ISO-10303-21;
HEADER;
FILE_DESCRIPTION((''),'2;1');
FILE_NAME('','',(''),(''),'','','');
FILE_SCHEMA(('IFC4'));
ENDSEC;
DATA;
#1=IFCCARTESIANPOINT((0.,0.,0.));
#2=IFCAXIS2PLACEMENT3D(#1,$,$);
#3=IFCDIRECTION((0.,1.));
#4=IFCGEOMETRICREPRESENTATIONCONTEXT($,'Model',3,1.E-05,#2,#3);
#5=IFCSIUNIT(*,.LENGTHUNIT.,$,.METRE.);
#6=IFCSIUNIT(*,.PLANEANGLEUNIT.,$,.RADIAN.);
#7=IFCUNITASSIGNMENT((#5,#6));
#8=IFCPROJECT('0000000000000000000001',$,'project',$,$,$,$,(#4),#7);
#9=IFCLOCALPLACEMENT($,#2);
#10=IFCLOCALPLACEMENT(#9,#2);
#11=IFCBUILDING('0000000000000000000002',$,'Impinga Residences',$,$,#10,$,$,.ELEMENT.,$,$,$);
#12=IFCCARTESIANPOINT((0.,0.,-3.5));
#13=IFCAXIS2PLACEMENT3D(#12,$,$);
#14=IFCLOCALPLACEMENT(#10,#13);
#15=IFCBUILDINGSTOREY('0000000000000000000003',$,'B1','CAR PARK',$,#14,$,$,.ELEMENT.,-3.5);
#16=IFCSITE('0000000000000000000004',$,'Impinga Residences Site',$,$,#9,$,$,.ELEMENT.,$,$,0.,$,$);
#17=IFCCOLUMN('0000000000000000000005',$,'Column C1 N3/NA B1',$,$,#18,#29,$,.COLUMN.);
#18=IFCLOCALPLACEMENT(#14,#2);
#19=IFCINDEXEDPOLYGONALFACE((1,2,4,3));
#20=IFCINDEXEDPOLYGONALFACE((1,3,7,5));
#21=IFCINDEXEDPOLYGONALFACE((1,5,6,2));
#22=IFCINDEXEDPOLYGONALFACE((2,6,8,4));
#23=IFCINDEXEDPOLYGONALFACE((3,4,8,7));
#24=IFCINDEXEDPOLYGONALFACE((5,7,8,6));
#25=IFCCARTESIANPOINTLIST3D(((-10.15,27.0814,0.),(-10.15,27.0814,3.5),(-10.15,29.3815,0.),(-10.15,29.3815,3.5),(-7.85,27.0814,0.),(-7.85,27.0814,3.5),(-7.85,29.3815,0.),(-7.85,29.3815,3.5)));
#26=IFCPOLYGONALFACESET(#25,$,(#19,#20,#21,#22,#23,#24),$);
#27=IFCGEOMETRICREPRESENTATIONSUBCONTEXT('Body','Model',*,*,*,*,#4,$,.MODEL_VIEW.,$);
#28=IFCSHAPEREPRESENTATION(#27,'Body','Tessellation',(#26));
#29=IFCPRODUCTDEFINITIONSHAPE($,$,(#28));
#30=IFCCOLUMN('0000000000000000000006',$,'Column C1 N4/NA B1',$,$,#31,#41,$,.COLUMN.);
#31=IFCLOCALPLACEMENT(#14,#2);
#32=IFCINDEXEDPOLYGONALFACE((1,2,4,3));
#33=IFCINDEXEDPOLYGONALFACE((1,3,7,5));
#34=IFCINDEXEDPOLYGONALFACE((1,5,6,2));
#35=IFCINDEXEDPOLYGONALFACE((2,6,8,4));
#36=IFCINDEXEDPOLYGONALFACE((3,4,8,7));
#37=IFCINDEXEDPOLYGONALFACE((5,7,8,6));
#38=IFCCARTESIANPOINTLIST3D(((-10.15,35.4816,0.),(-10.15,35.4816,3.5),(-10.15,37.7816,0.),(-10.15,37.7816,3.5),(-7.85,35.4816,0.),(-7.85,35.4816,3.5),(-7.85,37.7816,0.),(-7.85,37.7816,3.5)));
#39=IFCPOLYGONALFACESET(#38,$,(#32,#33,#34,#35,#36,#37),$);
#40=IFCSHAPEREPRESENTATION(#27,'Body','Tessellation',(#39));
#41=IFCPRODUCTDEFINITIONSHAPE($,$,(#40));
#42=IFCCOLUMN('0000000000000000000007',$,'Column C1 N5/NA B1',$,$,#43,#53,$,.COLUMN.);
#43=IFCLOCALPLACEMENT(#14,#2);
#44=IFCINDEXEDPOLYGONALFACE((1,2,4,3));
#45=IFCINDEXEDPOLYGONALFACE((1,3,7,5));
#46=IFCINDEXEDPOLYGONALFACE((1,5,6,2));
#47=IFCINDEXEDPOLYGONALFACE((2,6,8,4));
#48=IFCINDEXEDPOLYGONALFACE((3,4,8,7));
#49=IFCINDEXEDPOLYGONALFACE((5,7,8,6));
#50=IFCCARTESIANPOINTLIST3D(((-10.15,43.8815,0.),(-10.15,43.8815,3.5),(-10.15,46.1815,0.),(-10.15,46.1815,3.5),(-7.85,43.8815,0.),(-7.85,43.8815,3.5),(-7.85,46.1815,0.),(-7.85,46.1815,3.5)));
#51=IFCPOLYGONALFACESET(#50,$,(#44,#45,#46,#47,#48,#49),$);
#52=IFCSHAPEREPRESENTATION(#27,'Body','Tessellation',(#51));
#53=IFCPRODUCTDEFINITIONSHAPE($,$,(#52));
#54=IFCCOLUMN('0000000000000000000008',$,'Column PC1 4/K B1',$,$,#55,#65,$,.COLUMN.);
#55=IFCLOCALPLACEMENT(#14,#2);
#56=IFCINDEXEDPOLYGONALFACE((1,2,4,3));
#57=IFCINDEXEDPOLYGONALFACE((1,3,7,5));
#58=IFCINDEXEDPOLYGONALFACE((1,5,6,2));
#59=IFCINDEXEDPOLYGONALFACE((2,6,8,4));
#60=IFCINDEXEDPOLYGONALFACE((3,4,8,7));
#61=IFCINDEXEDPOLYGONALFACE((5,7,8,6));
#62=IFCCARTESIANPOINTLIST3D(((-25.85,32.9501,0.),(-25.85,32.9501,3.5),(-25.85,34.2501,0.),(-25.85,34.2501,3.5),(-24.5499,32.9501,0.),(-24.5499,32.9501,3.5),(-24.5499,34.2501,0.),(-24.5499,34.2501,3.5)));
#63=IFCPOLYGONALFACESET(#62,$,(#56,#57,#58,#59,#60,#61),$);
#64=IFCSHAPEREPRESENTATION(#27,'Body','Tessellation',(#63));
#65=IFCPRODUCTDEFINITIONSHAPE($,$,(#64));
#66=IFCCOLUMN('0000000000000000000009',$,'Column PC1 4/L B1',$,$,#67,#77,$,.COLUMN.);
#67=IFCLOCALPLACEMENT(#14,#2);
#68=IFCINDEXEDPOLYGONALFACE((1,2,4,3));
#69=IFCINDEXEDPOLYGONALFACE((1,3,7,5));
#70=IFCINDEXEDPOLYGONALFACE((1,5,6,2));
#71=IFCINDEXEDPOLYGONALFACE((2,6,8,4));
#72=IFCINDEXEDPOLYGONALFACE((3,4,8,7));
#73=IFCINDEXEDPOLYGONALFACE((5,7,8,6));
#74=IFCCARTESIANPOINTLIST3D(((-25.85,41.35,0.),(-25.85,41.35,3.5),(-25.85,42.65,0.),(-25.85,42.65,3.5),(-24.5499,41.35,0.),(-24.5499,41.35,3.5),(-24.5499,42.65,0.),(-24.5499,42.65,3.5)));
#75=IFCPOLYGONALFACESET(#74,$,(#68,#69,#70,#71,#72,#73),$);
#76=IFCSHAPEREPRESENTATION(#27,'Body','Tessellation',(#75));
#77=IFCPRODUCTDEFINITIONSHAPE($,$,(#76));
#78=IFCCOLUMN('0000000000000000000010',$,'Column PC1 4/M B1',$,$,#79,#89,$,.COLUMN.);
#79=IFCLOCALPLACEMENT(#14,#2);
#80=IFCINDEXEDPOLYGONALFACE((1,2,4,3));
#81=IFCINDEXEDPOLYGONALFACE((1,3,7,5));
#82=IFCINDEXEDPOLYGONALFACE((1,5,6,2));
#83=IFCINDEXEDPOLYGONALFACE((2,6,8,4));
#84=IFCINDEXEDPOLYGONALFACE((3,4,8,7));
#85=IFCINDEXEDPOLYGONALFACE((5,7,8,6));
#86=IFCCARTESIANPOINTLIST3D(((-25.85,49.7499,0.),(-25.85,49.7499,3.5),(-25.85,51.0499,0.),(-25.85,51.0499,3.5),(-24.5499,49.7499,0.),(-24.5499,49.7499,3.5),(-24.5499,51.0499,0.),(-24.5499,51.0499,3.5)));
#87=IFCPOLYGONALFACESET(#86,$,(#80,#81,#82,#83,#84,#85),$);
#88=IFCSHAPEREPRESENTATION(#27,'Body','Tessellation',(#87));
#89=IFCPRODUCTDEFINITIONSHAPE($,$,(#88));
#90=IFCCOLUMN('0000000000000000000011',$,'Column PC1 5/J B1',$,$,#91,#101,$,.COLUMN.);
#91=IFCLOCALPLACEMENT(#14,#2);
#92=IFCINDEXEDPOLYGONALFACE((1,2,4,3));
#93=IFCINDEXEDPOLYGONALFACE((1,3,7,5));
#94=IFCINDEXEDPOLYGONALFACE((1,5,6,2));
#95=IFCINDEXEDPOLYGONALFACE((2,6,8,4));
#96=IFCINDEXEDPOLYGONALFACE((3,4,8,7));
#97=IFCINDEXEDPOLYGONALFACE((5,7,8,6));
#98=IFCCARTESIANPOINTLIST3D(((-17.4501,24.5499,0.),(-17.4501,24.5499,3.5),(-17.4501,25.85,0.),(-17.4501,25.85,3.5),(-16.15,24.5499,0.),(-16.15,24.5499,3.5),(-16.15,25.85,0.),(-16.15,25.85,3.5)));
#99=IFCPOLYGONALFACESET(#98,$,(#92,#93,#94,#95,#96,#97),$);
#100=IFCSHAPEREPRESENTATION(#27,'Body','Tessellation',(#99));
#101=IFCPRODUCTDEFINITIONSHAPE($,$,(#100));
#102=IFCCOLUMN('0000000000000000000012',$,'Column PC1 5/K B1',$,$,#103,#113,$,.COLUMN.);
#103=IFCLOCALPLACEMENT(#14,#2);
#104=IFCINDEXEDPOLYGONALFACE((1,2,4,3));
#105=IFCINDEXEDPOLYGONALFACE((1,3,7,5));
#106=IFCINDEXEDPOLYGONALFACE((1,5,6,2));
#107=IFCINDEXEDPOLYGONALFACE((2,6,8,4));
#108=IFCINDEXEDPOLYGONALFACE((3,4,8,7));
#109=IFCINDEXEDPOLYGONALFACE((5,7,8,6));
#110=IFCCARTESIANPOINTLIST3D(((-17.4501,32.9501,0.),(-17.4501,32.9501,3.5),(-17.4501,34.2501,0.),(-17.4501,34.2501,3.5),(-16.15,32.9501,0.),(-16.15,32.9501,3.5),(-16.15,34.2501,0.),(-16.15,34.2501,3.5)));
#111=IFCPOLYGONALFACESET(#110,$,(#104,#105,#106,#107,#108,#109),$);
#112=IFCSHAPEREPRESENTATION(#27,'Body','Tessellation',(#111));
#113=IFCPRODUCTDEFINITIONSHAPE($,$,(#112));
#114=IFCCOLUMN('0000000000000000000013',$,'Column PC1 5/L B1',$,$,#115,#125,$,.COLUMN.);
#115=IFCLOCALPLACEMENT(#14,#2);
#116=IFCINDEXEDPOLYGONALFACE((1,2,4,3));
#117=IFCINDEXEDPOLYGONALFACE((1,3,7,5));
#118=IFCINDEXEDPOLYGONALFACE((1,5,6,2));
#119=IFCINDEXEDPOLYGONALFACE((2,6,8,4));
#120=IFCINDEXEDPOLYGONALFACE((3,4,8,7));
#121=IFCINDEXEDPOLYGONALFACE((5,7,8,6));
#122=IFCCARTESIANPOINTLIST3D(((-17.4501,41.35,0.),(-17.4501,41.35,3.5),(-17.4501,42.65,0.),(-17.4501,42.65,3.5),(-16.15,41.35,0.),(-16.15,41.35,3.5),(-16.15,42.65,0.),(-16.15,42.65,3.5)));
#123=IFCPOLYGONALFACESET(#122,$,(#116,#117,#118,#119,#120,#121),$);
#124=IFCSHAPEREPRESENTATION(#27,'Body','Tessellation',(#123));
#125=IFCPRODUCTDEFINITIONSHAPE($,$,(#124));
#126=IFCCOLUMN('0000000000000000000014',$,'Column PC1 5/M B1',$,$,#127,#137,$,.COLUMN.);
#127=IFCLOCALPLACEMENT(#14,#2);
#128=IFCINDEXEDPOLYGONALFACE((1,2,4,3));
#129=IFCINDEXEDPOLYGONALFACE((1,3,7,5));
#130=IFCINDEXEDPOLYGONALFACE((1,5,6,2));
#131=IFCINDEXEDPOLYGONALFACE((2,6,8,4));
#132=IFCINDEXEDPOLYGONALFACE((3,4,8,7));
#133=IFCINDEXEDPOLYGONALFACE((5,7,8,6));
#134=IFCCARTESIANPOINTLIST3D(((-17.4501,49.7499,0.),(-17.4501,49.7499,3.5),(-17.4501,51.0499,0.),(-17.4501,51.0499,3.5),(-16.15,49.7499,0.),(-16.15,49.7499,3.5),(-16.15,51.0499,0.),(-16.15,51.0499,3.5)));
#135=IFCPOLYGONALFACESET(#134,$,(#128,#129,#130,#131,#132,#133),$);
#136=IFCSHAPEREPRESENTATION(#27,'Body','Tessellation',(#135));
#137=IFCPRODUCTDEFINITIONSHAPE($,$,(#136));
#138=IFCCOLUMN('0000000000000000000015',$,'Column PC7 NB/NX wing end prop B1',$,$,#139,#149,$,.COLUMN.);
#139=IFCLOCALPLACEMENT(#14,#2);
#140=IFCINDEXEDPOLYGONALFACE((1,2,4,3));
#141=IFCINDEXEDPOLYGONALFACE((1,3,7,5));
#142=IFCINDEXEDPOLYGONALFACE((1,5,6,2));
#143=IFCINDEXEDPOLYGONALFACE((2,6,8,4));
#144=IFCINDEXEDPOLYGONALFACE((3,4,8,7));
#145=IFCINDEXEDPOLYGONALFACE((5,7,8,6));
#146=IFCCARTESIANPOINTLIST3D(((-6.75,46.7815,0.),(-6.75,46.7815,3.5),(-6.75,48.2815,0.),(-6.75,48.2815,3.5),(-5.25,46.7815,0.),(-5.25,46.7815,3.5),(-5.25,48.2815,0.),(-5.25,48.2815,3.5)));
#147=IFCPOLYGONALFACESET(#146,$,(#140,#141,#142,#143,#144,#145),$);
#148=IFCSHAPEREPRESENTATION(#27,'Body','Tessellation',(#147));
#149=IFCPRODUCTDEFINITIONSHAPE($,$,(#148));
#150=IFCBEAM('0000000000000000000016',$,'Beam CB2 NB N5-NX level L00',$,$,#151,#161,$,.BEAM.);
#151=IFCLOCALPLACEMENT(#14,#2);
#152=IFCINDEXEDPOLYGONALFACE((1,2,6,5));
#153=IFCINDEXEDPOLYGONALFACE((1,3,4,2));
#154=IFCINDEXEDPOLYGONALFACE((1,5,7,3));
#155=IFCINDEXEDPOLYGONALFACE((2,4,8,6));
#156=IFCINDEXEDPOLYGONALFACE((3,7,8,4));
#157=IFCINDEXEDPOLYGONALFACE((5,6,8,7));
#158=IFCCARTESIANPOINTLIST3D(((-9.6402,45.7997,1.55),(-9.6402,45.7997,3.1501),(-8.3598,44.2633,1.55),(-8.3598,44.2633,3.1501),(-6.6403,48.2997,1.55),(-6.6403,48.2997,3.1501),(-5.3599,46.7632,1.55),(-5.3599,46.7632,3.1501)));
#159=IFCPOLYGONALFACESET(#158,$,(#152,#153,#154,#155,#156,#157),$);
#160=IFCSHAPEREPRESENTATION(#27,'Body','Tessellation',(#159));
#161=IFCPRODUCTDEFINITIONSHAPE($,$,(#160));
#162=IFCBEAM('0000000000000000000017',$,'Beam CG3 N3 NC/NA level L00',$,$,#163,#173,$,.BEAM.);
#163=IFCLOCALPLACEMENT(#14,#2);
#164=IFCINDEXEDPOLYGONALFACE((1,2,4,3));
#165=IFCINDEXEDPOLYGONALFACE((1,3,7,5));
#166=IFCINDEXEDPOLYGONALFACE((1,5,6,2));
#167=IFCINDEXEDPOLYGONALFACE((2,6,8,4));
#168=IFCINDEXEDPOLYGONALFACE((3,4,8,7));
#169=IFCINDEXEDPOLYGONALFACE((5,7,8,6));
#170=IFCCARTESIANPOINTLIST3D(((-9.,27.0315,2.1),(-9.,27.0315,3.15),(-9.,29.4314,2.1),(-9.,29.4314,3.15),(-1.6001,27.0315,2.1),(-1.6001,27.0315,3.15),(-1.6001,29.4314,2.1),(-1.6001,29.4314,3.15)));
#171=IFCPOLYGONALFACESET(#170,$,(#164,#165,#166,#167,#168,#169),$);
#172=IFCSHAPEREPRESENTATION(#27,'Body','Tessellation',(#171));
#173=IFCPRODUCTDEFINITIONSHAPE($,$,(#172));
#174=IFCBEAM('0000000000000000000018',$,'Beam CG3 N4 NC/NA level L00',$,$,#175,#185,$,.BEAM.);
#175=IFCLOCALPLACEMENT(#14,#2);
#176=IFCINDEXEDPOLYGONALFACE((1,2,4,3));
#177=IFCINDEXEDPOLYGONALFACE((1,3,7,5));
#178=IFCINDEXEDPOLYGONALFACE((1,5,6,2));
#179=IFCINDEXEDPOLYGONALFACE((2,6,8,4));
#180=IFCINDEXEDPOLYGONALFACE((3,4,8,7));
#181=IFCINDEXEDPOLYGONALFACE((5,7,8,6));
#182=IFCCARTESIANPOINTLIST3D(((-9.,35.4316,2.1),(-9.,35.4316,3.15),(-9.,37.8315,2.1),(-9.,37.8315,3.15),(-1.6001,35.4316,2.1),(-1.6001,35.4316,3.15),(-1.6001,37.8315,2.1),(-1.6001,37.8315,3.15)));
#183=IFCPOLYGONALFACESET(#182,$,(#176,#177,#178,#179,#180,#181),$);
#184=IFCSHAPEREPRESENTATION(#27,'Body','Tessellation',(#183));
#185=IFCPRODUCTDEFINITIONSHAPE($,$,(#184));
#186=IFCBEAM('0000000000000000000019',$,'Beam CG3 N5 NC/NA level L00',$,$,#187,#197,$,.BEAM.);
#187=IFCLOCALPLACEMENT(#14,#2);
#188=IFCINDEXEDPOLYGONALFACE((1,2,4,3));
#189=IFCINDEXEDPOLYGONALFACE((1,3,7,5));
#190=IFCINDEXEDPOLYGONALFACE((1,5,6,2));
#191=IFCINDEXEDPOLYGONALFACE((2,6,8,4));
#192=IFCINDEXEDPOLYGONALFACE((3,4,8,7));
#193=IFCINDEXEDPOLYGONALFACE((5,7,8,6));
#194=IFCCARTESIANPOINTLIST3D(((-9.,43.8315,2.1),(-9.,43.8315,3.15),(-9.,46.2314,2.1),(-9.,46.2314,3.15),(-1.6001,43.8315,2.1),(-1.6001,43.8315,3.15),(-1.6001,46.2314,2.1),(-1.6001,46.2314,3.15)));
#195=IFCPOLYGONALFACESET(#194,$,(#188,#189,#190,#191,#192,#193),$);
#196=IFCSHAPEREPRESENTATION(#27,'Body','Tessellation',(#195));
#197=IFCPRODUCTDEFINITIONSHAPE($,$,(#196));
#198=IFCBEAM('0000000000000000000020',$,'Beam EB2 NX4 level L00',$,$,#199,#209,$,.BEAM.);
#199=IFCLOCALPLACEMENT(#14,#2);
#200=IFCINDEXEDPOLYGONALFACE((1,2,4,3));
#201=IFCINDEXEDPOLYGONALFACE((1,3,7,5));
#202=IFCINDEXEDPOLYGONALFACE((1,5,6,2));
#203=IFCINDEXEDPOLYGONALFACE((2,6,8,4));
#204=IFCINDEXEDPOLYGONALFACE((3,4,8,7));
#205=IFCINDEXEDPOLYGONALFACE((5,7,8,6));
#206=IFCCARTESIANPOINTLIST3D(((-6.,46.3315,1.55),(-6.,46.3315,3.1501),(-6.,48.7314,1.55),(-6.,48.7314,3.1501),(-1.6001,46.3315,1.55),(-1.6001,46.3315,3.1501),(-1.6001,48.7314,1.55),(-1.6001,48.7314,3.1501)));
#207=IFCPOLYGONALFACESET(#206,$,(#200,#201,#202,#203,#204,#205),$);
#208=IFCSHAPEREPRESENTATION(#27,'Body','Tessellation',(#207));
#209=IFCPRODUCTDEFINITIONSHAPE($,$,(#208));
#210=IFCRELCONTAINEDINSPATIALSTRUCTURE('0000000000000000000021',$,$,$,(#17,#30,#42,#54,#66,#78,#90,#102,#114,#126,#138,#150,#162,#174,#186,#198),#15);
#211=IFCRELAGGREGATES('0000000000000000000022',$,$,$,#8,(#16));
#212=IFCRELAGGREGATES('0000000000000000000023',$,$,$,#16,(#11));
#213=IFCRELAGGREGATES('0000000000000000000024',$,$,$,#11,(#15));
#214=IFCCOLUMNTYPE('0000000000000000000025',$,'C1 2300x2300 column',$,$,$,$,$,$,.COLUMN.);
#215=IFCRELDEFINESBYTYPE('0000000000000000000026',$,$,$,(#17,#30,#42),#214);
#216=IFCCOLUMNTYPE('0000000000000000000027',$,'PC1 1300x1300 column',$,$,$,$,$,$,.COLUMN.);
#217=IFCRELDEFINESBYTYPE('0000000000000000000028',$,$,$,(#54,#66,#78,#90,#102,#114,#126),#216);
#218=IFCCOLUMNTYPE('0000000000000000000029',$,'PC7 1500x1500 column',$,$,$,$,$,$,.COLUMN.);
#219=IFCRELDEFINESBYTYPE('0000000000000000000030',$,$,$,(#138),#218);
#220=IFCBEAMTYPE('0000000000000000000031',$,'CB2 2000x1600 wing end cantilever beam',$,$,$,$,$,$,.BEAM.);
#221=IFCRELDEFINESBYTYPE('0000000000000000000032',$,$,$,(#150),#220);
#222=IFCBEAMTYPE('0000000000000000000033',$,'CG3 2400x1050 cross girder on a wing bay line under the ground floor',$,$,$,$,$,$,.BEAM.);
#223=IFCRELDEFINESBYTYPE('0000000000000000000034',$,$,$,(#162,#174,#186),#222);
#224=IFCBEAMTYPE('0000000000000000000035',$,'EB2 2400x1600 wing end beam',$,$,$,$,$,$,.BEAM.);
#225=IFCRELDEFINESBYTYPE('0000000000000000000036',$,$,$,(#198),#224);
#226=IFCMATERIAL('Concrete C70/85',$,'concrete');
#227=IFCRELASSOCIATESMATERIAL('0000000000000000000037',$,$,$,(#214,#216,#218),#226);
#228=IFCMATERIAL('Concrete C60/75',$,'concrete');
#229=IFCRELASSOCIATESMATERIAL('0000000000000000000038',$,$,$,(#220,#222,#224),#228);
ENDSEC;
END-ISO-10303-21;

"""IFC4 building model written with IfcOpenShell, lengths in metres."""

from ifc_helpers import new_model, si_unit, direction, frame, origin, origin_2d, place, context, subcontext, project, spatial, rectangle, extrude, material, material_profile, profile_set, type_object, element, save


model = new_model("IFC4")

# Units and contexts
model_context = context("Model", 3, precision=1e-05, world=origin(), true_north=direction((0.0, 1.0)))
body_context = subcontext(model_context, "Body", "Model", "MODEL_VIEW")
ifc_project = project(units=[si_unit("LENGTHUNIT", "METRE"), si_unit("PLANEANGLEUNIT", "RADIAN")], contexts=[model_context])

# Site, building, storey
site_placement = place(None, origin())
site = spatial("IfcSite", under=ifc_project, at=site_placement, Name="Impinga Residences Site", CompositionType="ELEMENT", RefElevation=0.0)
building_placement = place(site_placement, origin())
building = spatial("IfcBuilding", under=site, at=building_placement, Name="Impinga Residences", CompositionType="ELEMENT")
storey_placement = place(building_placement, frame((0.0, 0.0, -3.5)))
storey = spatial("IfcBuildingStorey", under=building, at=storey_placement, Name="B1", Description="CAR PARK", CompositionType="ELEMENT", Elevation=-3.5)

# Columns
ifc_material_1 = material(Name="Concrete C70/85", Category="concrete")
ifc_material_profile_1 = material_profile(ifc_material_1, rectangle(XDim=2.3, YDim=2.3, at=origin_2d()), Name="RC 2300x2300")
ifc_profile_set_1 = profile_set([ifc_material_profile_1], Name="Concrete C70/85")
column_type_1 = type_object("IfcColumnType", Name="C1 2300x2300 column", PredefinedType="COLUMN", material=ifc_profile_set_1)
for number, where, z_axis, x_axis, name in (
    (1, (-9.0, 28.2314, 0.0), (0.0, 0.0, 1.0), (1.0, 0.0, 0.0), "Column C1 N3/NA B1"),
    (2, (-9.0, 36.6316, 0.0), (0.0, 0.0, 1.0), (1.0, 0.0, 0.0), "Column C1 N4/NA B1"),
    (3, (-9.0, 45.0315, 0.0), (0.0, 0.0, 1.0), (1.0, 0.0, 0.0), "Column C1 N5/NA B1"),
):
    element("IfcColumn", number, at=place(storey_placement, frame(where, z_axis=z_axis, x_axis=x_axis)), inside=storey, type_object=column_type_1, Name=name, PredefinedType="COLUMN", context=body_context, shape_type="SweptSolid", body=[
        extrude(rectangle(XDim=2.3, YDim=2.3, at=origin_2d()), origin(), (0.0, 0.0, 1.0), 3.5),
    ])
ifc_material_profile_2 = material_profile(ifc_material_1, rectangle(XDim=1.3, YDim=1.3, at=origin_2d()), Name="RC 1300x1300")
ifc_profile_set_2 = profile_set([ifc_material_profile_2], Name="Concrete C70/85")
column_type_2 = type_object("IfcColumnType", Name="PC1 1300x1300 column", PredefinedType="COLUMN", material=ifc_profile_set_2)
for number, where, z_axis, x_axis, name in (
    (4, (-25.2, 33.6001, 0.0), (0.0, 0.0, 1.0), (1.0, 0.0, 0.0), "Column PC1 4/K B1"),
    (5, (-25.2, 42.0, 0.0), (0.0, 0.0, 1.0), (1.0, 0.0, 0.0), "Column PC1 4/L B1"),
    (6, (-25.2, 50.3999, 0.0), (0.0, 0.0, 1.0), (1.0, 0.0, 0.0), "Column PC1 4/M B1"),
    (7, (-16.8, 25.2, 0.0), (0.0, 0.0, 1.0), (1.0, 0.0, 0.0), "Column PC1 5/J B1"),
    (8, (-16.8, 33.6001, 0.0), (0.0, 0.0, 1.0), (1.0, 0.0, 0.0), "Column PC1 5/K B1"),
    (9, (-16.8, 42.0, 0.0), (0.0, 0.0, 1.0), (1.0, 0.0, 0.0), "Column PC1 5/L B1"),
    (10, (-16.8, 50.3999, 0.0), (0.0, 0.0, 1.0), (1.0, 0.0, 0.0), "Column PC1 5/M B1"),
):
    element("IfcColumn", number, at=place(storey_placement, frame(where, z_axis=z_axis, x_axis=x_axis)), inside=storey, type_object=column_type_2, Name=name, PredefinedType="COLUMN", context=body_context, shape_type="SweptSolid", body=[
        extrude(rectangle(XDim=1.3, YDim=1.3, at=origin_2d()), origin(), (0.0, 0.0, 1.0), 3.5),
    ])
ifc_material_profile_3 = material_profile(ifc_material_1, rectangle(XDim=1.5, YDim=1.5, at=origin_2d()), Name="RC 1500x1500")
ifc_profile_set_3 = profile_set([ifc_material_profile_3], Name="Concrete C70/85")
column_type_3 = type_object("IfcColumnType", Name="PC7 1500x1500 column", PredefinedType="COLUMN", material=ifc_profile_set_3)
column_placement = place(storey_placement, frame((-6.0, 47.5315, 0.0), z_axis=(0.0, 0.0, 1.0), x_axis=(1.0, 0.0, 0.0)))
element("IfcColumn", 11, at=column_placement, inside=storey, type_object=column_type_3, Name="Column PC7 NB/NX wing end prop B1", PredefinedType="COLUMN", context=body_context, shape_type="SweptSolid", body=[
    extrude(rectangle(XDim=1.5, YDim=1.5, at=origin_2d()), origin(), (0.0, 0.0, 1.0), 3.5),
])

# Beams
ifc_material_2 = material(Name="Concrete C60/75", Category="concrete")
ifc_material_profile_4 = material_profile(ifc_material_2, rectangle(XDim=2.0, YDim=1.6001, at=origin_2d()), Name="RC 2000x1600")
ifc_profile_set_4 = profile_set([ifc_material_profile_4], Name="Concrete C60/75")
beam_type_1 = type_object("IfcBeamType", Name="CB2 2000x1600 wing end cantilever beam", PredefinedType="BEAM", material=ifc_profile_set_4)
beam_1_placement = place(storey_placement, frame((-9.0, 45.0315, 2.3501), z_axis=(0.768221, 0.640184, 0.0), x_axis=(-0.640184, 0.768221, 0.0)))
element("IfcBeam", 12, at=beam_1_placement, inside=storey, type_object=beam_type_1, Name="Beam CB2 NB N5-NX level L00", PredefinedType="BEAM", context=body_context, shape_type="SweptSolid", body=[
    extrude(rectangle(XDim=2.0, YDim=1.6001, at=origin_2d()), origin(), (0.0, 0.0, 1.0), 3.905),
])
ifc_material_profile_5 = material_profile(ifc_material_2, rectangle(XDim=2.3999, YDim=1.05, at=origin_2d()), Name="RC 2400x1050")
ifc_profile_set_5 = profile_set([ifc_material_profile_5], Name="Concrete C60/75")
beam_type_2 = type_object("IfcBeamType", Name="CG3 2400x1050 cross girder on a wing bay line under the ground floor", PredefinedType="BEAM", material=ifc_profile_set_5)
for number, where, z_axis, x_axis, name in (
    (13, (-1.6001, 28.2314, 2.625), (-1.0, 0.0, 0.0), (0.0, -1.0, 0.0), "Beam CG3 N3 NC/NA level L00"),
    (14, (-1.6001, 36.6316, 2.625), (-1.0, 0.0, 0.0), (0.0, -1.0, 0.0), "Beam CG3 N4 NC/NA level L00"),
    (15, (-1.6001, 45.0315, 2.625), (-1.0, 0.0, 0.0), (0.0, -1.0, 0.0), "Beam CG3 N5 NC/NA level L00"),
):
    element("IfcBeam", number, at=place(storey_placement, frame(where, z_axis=z_axis, x_axis=x_axis)), inside=storey, type_object=beam_type_2, Name=name, PredefinedType="BEAM", context=body_context, shape_type="SweptSolid", body=[
        extrude(rectangle(XDim=2.3999, YDim=1.05, at=origin_2d()), origin(), (0.0, 0.0, 1.0), 7.3999),
    ])
ifc_material_profile_6 = material_profile(ifc_material_2, rectangle(XDim=2.3999, YDim=1.6001, at=origin_2d()), Name="RC 2400x1600")
ifc_profile_set_6 = profile_set([ifc_material_profile_6], Name="Concrete C60/75")
beam_type_3 = type_object("IfcBeamType", Name="EB2 2400x1600 wing end beam", PredefinedType="BEAM", material=ifc_profile_set_6)
beam_2_placement = place(storey_placement, frame((-6.0, 47.5315, 2.3501), z_axis=(1.0, 0.0, 0.0), x_axis=(0.0, 1.0, 0.0)))
element("IfcBeam", 16, at=beam_2_placement, inside=storey, type_object=beam_type_3, Name="Beam EB2 NX4 level L00", PredefinedType="BEAM", context=body_context, shape_type="SweptSolid", body=[
    extrude(rectangle(XDim=2.3999, YDim=1.6001, at=origin_2d()), origin(), (0.0, 0.0, 1.0), 4.3999),
])

save(model, "model.ifc")
